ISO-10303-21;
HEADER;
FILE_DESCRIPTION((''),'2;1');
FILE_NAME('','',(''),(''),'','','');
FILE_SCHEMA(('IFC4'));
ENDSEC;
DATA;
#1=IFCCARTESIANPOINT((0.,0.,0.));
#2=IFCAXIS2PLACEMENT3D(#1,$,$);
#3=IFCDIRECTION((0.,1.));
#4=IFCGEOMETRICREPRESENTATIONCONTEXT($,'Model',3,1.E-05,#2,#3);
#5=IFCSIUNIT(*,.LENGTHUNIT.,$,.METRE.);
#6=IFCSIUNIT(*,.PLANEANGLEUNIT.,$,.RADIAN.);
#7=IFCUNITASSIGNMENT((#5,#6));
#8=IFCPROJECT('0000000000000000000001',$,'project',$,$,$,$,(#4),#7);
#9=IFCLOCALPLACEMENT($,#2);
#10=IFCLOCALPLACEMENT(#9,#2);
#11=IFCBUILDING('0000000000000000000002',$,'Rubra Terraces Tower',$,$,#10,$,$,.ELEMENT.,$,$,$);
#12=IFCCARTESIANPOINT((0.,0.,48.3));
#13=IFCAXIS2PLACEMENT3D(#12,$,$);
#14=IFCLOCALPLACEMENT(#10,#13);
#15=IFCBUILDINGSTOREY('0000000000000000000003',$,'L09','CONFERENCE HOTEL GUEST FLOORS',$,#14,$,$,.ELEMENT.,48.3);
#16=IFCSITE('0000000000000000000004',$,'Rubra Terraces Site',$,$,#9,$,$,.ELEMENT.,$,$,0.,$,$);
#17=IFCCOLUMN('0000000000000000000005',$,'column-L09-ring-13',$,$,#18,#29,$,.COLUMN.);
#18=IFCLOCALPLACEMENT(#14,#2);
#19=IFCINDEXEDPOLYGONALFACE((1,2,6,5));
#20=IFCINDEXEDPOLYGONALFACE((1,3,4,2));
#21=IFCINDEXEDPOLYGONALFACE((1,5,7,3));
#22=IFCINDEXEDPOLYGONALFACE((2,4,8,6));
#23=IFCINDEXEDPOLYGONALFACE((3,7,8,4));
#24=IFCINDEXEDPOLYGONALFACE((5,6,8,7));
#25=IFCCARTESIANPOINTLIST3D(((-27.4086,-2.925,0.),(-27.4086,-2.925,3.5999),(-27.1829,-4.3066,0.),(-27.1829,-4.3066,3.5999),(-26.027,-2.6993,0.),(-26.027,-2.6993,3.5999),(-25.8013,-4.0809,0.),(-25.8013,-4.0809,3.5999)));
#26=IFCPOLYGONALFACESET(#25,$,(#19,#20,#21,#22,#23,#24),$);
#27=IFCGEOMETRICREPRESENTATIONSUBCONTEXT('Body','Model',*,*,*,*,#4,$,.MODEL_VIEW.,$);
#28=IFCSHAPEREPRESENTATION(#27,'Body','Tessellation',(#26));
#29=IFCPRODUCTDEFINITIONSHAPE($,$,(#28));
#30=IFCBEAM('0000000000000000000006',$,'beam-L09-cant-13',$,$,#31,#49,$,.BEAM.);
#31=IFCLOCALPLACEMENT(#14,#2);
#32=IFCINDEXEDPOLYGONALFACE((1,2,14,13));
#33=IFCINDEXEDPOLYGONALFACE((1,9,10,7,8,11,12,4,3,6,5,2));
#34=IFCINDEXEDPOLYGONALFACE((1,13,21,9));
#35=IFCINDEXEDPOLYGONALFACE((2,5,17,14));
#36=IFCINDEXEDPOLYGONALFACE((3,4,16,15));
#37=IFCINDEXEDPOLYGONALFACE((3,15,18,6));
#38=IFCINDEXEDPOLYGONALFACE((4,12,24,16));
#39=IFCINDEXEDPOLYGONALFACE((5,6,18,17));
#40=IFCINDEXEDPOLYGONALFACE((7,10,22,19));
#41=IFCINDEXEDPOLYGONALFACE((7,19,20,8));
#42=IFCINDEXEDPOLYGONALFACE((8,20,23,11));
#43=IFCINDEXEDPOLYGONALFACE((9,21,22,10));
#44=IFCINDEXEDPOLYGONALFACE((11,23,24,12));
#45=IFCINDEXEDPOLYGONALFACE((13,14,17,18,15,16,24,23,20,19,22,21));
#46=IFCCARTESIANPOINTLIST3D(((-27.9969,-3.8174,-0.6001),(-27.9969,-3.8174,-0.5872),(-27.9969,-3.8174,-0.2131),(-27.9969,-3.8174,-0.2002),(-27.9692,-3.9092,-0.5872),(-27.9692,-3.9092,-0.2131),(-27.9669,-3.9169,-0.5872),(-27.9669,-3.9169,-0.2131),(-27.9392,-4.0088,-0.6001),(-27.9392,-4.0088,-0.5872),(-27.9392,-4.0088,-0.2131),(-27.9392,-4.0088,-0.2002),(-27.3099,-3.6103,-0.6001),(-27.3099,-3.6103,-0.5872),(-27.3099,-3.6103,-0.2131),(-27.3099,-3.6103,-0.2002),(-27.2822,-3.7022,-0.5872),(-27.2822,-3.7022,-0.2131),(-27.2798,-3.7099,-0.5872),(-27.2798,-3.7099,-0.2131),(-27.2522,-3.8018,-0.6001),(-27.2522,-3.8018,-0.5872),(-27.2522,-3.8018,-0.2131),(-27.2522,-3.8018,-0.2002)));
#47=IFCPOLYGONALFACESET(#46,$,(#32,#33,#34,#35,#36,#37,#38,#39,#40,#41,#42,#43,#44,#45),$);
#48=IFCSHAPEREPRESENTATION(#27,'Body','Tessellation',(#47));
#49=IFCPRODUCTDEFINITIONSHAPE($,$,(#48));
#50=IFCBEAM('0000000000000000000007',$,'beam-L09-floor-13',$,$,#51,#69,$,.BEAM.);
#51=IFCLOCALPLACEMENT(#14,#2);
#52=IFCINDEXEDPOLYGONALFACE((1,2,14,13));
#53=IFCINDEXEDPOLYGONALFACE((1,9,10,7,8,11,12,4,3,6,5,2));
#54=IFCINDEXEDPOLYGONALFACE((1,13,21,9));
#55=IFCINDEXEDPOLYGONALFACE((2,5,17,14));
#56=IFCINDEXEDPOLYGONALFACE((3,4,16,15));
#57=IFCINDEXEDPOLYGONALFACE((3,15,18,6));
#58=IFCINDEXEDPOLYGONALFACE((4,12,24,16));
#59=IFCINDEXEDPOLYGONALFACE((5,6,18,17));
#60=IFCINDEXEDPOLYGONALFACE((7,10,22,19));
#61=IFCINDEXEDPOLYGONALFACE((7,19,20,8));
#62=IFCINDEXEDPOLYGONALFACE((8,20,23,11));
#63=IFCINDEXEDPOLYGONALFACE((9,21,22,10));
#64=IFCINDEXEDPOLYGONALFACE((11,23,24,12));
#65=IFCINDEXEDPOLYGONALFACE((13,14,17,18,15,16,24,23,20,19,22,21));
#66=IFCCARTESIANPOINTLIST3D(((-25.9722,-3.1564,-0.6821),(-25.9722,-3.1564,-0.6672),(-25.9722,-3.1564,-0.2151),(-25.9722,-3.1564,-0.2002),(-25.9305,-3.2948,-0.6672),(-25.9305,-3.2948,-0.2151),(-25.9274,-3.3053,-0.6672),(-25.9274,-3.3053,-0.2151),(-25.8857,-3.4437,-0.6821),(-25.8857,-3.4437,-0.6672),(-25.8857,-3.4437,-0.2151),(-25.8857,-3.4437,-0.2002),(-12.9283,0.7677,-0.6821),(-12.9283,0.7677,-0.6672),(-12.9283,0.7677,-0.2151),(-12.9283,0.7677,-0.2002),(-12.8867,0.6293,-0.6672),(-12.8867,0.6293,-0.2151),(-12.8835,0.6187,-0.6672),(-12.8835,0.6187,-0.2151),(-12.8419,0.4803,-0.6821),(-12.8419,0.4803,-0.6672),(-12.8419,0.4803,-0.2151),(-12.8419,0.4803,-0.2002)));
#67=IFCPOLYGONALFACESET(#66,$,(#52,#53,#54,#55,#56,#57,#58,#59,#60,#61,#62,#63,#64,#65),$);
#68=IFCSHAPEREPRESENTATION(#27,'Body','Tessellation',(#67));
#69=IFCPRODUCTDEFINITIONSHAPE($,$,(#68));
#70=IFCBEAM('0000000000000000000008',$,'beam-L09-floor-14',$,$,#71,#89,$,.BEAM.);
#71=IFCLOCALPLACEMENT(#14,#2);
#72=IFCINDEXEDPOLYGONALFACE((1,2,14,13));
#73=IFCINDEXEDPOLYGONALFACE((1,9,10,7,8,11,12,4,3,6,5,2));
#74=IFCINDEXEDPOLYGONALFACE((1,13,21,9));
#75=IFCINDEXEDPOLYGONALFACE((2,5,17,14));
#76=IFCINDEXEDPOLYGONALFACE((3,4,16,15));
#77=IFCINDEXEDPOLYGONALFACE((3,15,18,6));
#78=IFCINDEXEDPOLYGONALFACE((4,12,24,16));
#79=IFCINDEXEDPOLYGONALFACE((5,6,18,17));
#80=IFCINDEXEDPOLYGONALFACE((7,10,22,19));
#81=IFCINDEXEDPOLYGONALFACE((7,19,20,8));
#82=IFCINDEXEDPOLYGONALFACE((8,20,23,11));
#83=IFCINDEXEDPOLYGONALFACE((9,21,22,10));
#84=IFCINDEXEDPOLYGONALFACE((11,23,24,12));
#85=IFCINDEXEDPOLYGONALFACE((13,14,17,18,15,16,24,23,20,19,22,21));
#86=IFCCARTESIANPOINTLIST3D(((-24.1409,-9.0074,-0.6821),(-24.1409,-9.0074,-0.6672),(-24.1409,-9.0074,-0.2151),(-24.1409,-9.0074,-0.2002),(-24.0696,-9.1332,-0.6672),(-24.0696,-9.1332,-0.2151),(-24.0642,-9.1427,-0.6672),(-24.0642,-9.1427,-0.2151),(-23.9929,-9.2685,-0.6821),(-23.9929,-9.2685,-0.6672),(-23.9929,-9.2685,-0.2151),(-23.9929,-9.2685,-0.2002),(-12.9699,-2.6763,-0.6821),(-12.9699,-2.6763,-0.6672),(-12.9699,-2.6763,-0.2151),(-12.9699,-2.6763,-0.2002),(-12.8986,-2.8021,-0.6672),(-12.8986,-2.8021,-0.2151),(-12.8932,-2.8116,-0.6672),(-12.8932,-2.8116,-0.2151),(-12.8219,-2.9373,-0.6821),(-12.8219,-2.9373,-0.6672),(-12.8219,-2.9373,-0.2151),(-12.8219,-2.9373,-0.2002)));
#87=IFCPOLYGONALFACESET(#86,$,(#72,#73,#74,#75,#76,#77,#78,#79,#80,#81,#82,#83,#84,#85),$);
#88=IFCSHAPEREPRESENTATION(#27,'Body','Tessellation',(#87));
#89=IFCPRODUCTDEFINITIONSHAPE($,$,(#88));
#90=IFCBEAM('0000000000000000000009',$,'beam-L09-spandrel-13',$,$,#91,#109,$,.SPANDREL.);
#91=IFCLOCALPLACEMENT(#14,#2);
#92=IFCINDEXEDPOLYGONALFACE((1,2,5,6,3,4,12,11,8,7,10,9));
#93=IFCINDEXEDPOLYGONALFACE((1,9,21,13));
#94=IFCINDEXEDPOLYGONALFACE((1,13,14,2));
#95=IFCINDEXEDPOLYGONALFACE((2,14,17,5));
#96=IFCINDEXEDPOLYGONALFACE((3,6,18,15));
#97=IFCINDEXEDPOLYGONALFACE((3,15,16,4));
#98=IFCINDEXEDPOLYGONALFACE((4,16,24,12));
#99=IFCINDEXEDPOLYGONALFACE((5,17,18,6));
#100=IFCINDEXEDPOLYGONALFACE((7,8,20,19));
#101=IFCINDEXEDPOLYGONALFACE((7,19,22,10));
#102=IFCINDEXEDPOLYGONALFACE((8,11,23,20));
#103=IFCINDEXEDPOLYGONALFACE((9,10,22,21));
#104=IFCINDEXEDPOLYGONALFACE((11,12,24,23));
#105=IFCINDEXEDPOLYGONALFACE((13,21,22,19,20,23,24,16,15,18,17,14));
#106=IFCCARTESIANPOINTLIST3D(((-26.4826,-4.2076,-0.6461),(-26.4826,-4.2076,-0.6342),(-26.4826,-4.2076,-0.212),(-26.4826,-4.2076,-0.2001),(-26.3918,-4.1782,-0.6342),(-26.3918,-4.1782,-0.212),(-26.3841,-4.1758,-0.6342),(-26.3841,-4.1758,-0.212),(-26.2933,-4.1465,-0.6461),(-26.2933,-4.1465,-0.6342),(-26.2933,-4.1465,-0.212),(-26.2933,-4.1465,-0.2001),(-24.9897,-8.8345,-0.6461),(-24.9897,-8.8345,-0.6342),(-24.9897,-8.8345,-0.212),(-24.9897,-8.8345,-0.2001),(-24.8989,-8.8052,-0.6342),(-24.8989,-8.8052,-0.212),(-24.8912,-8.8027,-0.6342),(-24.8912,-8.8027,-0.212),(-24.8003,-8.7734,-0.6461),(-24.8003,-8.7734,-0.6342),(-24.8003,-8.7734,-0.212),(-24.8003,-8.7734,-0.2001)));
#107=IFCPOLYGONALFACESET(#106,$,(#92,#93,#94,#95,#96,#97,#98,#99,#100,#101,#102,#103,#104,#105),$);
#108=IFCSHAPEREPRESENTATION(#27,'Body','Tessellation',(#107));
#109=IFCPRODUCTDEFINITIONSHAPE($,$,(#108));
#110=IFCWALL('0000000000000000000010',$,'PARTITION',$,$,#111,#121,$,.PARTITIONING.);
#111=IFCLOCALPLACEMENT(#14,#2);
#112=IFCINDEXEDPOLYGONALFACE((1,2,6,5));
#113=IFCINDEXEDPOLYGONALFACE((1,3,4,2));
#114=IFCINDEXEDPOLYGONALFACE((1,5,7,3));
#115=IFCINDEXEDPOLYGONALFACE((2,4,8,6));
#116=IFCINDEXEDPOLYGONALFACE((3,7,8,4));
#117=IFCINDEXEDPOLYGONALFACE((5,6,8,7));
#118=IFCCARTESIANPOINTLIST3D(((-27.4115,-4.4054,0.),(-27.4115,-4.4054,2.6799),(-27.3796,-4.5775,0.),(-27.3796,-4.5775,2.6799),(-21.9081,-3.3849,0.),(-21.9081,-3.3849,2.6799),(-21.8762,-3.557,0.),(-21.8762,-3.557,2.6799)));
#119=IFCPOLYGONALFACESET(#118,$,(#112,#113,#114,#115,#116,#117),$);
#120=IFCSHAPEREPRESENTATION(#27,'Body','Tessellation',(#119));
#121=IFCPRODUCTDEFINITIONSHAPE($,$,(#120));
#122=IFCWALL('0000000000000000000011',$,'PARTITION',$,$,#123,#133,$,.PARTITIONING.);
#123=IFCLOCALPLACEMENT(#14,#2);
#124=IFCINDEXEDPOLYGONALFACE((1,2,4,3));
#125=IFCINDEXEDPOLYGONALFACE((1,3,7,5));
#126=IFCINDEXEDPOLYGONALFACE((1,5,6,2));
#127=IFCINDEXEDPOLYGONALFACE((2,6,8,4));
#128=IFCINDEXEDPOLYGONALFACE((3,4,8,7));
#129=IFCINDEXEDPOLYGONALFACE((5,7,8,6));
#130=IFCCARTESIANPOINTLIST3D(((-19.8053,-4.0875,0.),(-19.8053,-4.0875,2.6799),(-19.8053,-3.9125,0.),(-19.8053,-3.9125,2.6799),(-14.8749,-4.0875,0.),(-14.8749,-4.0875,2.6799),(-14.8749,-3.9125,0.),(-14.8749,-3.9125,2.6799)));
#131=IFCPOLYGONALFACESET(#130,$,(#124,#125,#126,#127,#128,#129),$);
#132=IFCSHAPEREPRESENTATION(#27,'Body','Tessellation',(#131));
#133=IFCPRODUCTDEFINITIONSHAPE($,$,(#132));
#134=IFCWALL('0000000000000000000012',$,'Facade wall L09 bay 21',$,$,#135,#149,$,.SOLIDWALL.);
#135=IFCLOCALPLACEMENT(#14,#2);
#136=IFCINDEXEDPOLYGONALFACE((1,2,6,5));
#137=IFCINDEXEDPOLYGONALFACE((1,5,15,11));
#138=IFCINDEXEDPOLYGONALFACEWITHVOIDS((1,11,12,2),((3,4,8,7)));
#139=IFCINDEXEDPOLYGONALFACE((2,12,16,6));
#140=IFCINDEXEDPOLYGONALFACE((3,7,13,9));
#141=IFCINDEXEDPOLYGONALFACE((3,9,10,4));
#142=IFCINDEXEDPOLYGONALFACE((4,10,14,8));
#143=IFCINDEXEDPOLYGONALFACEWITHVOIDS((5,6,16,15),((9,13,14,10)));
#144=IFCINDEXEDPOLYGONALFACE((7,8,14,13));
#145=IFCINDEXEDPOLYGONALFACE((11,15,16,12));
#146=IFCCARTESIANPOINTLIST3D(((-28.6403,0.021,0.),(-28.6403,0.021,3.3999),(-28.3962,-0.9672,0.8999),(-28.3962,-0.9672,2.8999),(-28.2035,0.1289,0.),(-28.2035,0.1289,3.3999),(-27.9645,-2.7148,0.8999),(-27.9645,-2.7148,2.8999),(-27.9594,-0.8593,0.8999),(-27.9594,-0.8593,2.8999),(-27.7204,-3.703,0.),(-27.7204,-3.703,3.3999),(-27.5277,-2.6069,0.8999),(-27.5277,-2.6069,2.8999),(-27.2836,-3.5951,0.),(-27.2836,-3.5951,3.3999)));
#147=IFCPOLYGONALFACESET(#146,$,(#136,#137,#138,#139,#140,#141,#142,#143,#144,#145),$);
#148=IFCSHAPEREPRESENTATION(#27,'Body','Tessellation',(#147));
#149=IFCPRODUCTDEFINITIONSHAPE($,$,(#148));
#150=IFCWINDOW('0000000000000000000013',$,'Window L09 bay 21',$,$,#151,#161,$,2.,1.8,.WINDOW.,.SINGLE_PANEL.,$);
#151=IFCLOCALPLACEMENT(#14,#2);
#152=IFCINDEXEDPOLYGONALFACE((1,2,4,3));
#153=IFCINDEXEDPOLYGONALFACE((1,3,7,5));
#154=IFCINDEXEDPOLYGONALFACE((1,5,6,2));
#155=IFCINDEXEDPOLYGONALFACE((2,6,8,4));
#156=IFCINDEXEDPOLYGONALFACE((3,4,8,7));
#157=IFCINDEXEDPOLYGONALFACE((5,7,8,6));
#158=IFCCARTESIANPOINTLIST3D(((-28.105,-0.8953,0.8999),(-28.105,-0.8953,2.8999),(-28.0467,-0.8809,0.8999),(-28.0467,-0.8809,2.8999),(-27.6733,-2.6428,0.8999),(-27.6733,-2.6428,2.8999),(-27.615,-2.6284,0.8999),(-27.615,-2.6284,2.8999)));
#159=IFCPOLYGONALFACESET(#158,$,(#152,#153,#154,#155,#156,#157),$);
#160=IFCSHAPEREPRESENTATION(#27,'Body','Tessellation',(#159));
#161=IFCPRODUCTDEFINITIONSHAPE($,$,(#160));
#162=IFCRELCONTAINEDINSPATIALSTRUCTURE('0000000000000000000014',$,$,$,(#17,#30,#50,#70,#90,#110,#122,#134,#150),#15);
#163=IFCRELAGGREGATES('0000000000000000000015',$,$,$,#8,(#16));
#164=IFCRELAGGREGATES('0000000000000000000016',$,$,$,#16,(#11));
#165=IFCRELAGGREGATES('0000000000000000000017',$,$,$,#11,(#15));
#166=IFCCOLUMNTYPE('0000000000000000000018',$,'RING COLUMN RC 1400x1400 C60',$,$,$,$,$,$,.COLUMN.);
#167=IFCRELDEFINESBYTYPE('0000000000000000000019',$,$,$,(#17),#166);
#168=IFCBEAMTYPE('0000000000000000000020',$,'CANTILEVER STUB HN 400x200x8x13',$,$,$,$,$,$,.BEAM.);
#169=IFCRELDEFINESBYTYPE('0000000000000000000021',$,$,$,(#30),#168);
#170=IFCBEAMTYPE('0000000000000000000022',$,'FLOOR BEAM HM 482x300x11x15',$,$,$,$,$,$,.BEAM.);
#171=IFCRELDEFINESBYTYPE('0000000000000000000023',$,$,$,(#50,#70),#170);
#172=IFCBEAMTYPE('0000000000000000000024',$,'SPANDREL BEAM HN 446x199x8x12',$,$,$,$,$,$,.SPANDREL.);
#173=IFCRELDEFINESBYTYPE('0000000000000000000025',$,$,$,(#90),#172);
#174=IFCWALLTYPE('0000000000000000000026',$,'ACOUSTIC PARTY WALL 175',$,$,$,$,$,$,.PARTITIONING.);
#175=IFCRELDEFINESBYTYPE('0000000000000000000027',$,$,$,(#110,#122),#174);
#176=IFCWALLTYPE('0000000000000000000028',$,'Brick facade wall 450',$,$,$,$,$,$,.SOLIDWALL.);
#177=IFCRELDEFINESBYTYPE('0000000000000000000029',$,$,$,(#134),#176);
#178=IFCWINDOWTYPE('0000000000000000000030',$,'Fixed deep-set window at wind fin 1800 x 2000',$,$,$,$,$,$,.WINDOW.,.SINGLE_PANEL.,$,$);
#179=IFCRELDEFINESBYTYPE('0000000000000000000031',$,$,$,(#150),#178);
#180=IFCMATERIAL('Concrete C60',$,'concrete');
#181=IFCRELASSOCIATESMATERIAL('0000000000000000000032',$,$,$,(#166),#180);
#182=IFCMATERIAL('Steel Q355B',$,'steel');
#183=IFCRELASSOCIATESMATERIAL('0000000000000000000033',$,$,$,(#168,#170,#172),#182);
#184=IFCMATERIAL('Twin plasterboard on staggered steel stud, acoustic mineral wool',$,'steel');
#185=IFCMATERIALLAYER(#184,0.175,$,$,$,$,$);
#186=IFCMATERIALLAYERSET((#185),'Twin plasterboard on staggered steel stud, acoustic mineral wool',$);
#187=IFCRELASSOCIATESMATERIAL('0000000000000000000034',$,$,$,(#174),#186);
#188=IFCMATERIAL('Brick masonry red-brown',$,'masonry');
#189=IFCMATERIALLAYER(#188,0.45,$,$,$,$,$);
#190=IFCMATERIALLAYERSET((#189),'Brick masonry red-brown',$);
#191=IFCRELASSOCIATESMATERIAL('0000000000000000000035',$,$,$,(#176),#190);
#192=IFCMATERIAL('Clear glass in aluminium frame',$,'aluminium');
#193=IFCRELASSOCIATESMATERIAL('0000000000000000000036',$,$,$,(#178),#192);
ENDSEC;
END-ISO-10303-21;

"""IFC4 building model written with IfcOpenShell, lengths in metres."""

from ifc_helpers import new_model, si_unit, direction, frame, frame_2d, origin, origin_2d, place, context, subcontext, project, spatial, rectangle, i_section, extrude, material, layer, layer_set, material_profile, profile_set, type_object, element, fill, save


model = new_model("IFC4")

# Units and contexts
model_context = context("Model", 3, precision=1e-05, world=origin(), true_north=direction((0.0, 1.0)))
body_context = subcontext(model_context, "Body", "Model", "MODEL_VIEW")
ifc_project = project(units=[si_unit("LENGTHUNIT", "METRE"), si_unit("PLANEANGLEUNIT", "RADIAN")], contexts=[model_context])

# Site, building, storey
site_placement = place(None, origin())
site = spatial("IfcSite", under=ifc_project, at=site_placement, Name="Rubra Terraces Site", CompositionType="ELEMENT", RefElevation=0.0)
building_placement = place(site_placement, origin())
building = spatial("IfcBuilding", under=site, at=building_placement, Name="Rubra Terraces Tower", CompositionType="ELEMENT")
storey_placement = place(building_placement, frame((0.0, 0.0, 48.3)))
storey = spatial("IfcBuildingStorey", under=building, at=storey_placement, Name="L09", Description="CONFERENCE HOTEL GUEST FLOORS", CompositionType="ELEMENT", Elevation=48.3)

# Column
ifc_material_1 = material(Name="Concrete C60", Category="concrete")
ifc_material_profile_1 = material_profile(ifc_material_1, rectangle(XDim=1.3999, YDim=1.3999, at=origin_2d()), Name="RC 1400x1400")
ifc_profile_set_1 = profile_set([ifc_material_profile_1], Name="Concrete C60")
column_type = type_object("IfcColumnType", Name="RING COLUMN RC 1400x1400 C60", PredefinedType="COLUMN", material=ifc_profile_set_1)
column_placement = place(storey_placement, frame((-26.605, -3.5029, 0.0), z_axis=(0.0, 0.0, 1.0), x_axis=(0.161234, -0.986916, 0.0)))
element("IfcColumn", 1, at=column_placement, inside=storey, type_object=column_type, Name="column-L09-ring-13", PredefinedType="COLUMN", context=body_context, shape_type="SweptSolid", body=[
    extrude(rectangle(XDim=1.3999, YDim=1.3999, at=origin_2d()), origin(), (0.0, 0.0, 1.0), 3.5999),
])

# Beams
ifc_material_2 = material(Name="Steel Q355B", Category="steel")
ifc_material_profile_2 = material_profile(ifc_material_2, i_section(OverallWidth=0.2, OverallDepth=0.3999, WebThickness=0.0081, FlangeThickness=0.0129, at=origin_2d()), Name="HN 400x200x8x13")
ifc_profile_set_2 = profile_set([ifc_material_profile_2], Name="Steel Q355B")
beam_type_1 = type_object("IfcBeamType", Name="CANTILEVER STUB HN 400x200x8x13", PredefinedType="BEAM", material=ifc_profile_set_2)
beam_1_placement = place(storey_placement, frame((-27.281, -3.7061, -0.4001), z_axis=(-0.95747, -0.288534, 0.0), x_axis=(0.288534, -0.95747, 0.0)))
element("IfcBeam", 2, at=beam_1_placement, inside=storey, type_object=beam_type_1, Name="beam-L09-cant-13", PredefinedType="BEAM", context=body_context, shape_type="SweptSolid", body=[
    extrude(i_section(OverallWidth=0.2, OverallDepth=0.3999, WebThickness=0.0081, FlangeThickness=0.0129, at=origin_2d()), origin(), (0.0, 0.0, 1.0), 0.7175),
])
ifc_material_profile_3 = material_profile(ifc_material_2, i_section(OverallWidth=0.3, OverallDepth=0.4819, WebThickness=0.011, FlangeThickness=0.0149, at=origin_2d()), Name="HM 482x300x11x15")
ifc_profile_set_3 = profile_set([ifc_material_profile_3], Name="Steel Q355B")
beam_type_2 = type_object("IfcBeamType", Name="FLOOR BEAM HM 482x300x11x15", PredefinedType="BEAM", material=ifc_profile_set_3)
beam_2_placement = place(storey_placement, frame((-25.929, -3.3, -0.4412), z_axis=(0.957606, 0.288081, 0.0), x_axis=(-0.288081, 0.957606, 0.0)))
element("IfcBeam", 3, at=beam_2_placement, inside=storey, type_object=beam_type_2, Name="beam-L09-floor-13", PredefinedType="BEAM", context=body_context, shape_type="SweptSolid", body=[
    extrude(i_section(OverallWidth=0.3, OverallDepth=0.4819, WebThickness=0.011, FlangeThickness=0.0149, at=origin_2d()), origin(), (0.0, 0.0, 1.0), 13.6213),
])
beam_3_placement = place(storey_placement, frame((-24.0669, -9.1379, -0.4412), z_axis=(0.869993, 0.493064, 0.0), x_axis=(-0.493064, 0.869993, 0.0)))
element("IfcBeam", 4, at=beam_3_placement, inside=storey, type_object=beam_type_2, Name="beam-L09-floor-14", PredefinedType="BEAM", context=body_context, shape_type="SweptSolid", body=[
    extrude(i_section(OverallWidth=0.3, OverallDepth=0.4819, WebThickness=0.011, FlangeThickness=0.0149, at=origin_2d()), origin(), (0.0, 0.0, 1.0), 12.8403),
])
ifc_material_profile_4 = material_profile(ifc_material_2, i_section(OverallWidth=0.199, OverallDepth=0.446, WebThickness=0.0081, FlangeThickness=0.012, at=origin_2d()), Name="HN 446x199x8x12")
ifc_profile_set_4 = profile_set([ifc_material_profile_4], Name="Steel Q355B")
beam_type_3 = type_object("IfcBeamType", Name="SPANDREL BEAM HN 446x199x8x12", PredefinedType="SPANDREL", material=ifc_profile_set_4)
beam_4_placement = place(storey_placement, frame((-26.3879, -4.177, -0.4231), z_axis=(0.307069, -0.951687, 0.0), x_axis=(0.951687, 0.307069, 0.0)))
element("IfcBeam", 5, at=beam_4_placement, inside=storey, type_object=beam_type_3, Name="beam-L09-spandrel-13", PredefinedType="SPANDREL", context=body_context, shape_type="SweptSolid", body=[
    extrude(i_section(OverallWidth=0.199, OverallDepth=0.446, WebThickness=0.0081, FlangeThickness=0.012, at=origin_2d()), origin(), (0.0, 0.0, 1.0), 4.8618),
])

# Walls
ifc_material_3 = material(Name="Twin plasterboard on staggered steel stud, acoustic mineral wool", Category="steel")
ifc_layer_1 = layer(ifc_material_3, 0.175)
ifc_layer_set_1 = layer_set([ifc_layer_1], Name="Twin plasterboard on staggered steel stud, acoustic mineral wool")
wall_type_1 = type_object("IfcWallType", Name="ACOUSTIC PARTY WALL 175", PredefinedType="PARTITIONING", material=ifc_layer_set_1)
wall_1_placement = place(storey_placement, frame((-27.3955, -4.4915, 0.0), z_axis=(0.0, 0.0, 1.0), x_axis=(0.983239, 0.182324, 0.0)))
element("IfcWall", 6, at=wall_1_placement, inside=storey, type_object=wall_type_1, Name="PARTITION", PredefinedType="PARTITIONING", context=body_context, shape_type="SweptSolid", body=[
    extrude(rectangle(XDim=5.5972, YDim=0.175, at=frame_2d((2.7986, 0.0))), origin(), (0.0, 0.0, 1.0), 2.6799),
])
wall_2_placement = place(storey_placement, frame((-19.8054, -4.0, 0.0), z_axis=(0.0, 0.0, 1.0), x_axis=(1.0, 0.0, 0.0)))
element("IfcWall", 7, at=wall_2_placement, inside=storey, type_object=wall_type_1, Name="PARTITION", PredefinedType="PARTITIONING", context=body_context, shape_type="SweptSolid", body=[
    extrude(rectangle(XDim=4.9304, YDim=0.175, at=frame_2d((2.4653, 0.0))), origin(), (0.0, 0.0, 1.0), 2.6799),
])

# Wall, opening, window
ifc_material_4 = material(Name="Brick masonry red-brown", Category="masonry")
ifc_layer_2 = layer(ifc_material_4, 0.45)
ifc_layer_set_2 = layer_set([ifc_layer_2], Name="Brick masonry red-brown")
wall_type_2 = type_object("IfcWallType", Name="Brick facade wall 450", PredefinedType="SOLIDWALL", material=ifc_layer_set_2)
wall_3_placement = place(storey_placement, frame((-28.4219, 0.075, 0.0), z_axis=(0.0, 0.0, 1.0), x_axis=(0.239809, -0.97082, 0.0)))
wall_3 = element("IfcWall", 8, at=wall_3_placement, inside=storey, type_object=wall_type_2, Name="Facade wall L09 bay 21", PredefinedType="SOLIDWALL", context=body_context, shape_type="SweptSolid", body=[
    extrude(rectangle(XDim=3.8359, YDim=0.45, at=frame_2d((1.918, 0.0))), origin(), (0.0, 0.0, 1.0), 3.3999),
])
opening_1_placement = place(wall_3_placement, frame((1.0181, 0.0, 0.8999)))
opening_1 = element("IfcOpeningElement", 9, at=opening_1_placement, cuts=wall_3, PredefinedType="OPENING", context=body_context, shape_type="SweptSolid", body=[
    extrude(rectangle(XDim=1.8, YDim=2.0, at=frame_2d((0.8999, 1.0))), frame((0.0, 0.2349, 0.0), z_axis=(0.0, -1.0, 0.0), x_axis=(1.0, 0.0, 0.0)), (0.0, 0.0, 1.0), 0.47),
])
ifc_material_5 = material(Name="Clear glass in aluminium frame", Category="aluminium")
window_type_1 = type_object("IfcWindowType", Name="Fixed deep-set window at wind fin 1800 x 2000", PartitioningType="SINGLE_PANEL", PredefinedType="WINDOW", material=ifc_material_5)
window_1_placement = place(opening_1_placement, origin())
window_1 = element("IfcWindow", 10, at=window_1_placement, inside=storey, type_object=window_type_1, Name="Window L09 bay 21", OverallHeight=2.0, OverallWidth=1.8, PartitioningType="SINGLE_PANEL", PredefinedType="WINDOW", context=body_context, shape_type="SweptSolid", body=[
    extrude(rectangle(XDim=1.8, YDim=2.0, at=frame_2d((0.8999, 1.0))), frame((0.0, 0.135, 0.0), z_axis=(0.0, -1.0, 0.0), x_axis=(1.0, 0.0, 0.0)), (0.0, 0.0, 1.0), 0.0601),
])
fill(opening_1, window_1)

save(model, "model.ifc")
